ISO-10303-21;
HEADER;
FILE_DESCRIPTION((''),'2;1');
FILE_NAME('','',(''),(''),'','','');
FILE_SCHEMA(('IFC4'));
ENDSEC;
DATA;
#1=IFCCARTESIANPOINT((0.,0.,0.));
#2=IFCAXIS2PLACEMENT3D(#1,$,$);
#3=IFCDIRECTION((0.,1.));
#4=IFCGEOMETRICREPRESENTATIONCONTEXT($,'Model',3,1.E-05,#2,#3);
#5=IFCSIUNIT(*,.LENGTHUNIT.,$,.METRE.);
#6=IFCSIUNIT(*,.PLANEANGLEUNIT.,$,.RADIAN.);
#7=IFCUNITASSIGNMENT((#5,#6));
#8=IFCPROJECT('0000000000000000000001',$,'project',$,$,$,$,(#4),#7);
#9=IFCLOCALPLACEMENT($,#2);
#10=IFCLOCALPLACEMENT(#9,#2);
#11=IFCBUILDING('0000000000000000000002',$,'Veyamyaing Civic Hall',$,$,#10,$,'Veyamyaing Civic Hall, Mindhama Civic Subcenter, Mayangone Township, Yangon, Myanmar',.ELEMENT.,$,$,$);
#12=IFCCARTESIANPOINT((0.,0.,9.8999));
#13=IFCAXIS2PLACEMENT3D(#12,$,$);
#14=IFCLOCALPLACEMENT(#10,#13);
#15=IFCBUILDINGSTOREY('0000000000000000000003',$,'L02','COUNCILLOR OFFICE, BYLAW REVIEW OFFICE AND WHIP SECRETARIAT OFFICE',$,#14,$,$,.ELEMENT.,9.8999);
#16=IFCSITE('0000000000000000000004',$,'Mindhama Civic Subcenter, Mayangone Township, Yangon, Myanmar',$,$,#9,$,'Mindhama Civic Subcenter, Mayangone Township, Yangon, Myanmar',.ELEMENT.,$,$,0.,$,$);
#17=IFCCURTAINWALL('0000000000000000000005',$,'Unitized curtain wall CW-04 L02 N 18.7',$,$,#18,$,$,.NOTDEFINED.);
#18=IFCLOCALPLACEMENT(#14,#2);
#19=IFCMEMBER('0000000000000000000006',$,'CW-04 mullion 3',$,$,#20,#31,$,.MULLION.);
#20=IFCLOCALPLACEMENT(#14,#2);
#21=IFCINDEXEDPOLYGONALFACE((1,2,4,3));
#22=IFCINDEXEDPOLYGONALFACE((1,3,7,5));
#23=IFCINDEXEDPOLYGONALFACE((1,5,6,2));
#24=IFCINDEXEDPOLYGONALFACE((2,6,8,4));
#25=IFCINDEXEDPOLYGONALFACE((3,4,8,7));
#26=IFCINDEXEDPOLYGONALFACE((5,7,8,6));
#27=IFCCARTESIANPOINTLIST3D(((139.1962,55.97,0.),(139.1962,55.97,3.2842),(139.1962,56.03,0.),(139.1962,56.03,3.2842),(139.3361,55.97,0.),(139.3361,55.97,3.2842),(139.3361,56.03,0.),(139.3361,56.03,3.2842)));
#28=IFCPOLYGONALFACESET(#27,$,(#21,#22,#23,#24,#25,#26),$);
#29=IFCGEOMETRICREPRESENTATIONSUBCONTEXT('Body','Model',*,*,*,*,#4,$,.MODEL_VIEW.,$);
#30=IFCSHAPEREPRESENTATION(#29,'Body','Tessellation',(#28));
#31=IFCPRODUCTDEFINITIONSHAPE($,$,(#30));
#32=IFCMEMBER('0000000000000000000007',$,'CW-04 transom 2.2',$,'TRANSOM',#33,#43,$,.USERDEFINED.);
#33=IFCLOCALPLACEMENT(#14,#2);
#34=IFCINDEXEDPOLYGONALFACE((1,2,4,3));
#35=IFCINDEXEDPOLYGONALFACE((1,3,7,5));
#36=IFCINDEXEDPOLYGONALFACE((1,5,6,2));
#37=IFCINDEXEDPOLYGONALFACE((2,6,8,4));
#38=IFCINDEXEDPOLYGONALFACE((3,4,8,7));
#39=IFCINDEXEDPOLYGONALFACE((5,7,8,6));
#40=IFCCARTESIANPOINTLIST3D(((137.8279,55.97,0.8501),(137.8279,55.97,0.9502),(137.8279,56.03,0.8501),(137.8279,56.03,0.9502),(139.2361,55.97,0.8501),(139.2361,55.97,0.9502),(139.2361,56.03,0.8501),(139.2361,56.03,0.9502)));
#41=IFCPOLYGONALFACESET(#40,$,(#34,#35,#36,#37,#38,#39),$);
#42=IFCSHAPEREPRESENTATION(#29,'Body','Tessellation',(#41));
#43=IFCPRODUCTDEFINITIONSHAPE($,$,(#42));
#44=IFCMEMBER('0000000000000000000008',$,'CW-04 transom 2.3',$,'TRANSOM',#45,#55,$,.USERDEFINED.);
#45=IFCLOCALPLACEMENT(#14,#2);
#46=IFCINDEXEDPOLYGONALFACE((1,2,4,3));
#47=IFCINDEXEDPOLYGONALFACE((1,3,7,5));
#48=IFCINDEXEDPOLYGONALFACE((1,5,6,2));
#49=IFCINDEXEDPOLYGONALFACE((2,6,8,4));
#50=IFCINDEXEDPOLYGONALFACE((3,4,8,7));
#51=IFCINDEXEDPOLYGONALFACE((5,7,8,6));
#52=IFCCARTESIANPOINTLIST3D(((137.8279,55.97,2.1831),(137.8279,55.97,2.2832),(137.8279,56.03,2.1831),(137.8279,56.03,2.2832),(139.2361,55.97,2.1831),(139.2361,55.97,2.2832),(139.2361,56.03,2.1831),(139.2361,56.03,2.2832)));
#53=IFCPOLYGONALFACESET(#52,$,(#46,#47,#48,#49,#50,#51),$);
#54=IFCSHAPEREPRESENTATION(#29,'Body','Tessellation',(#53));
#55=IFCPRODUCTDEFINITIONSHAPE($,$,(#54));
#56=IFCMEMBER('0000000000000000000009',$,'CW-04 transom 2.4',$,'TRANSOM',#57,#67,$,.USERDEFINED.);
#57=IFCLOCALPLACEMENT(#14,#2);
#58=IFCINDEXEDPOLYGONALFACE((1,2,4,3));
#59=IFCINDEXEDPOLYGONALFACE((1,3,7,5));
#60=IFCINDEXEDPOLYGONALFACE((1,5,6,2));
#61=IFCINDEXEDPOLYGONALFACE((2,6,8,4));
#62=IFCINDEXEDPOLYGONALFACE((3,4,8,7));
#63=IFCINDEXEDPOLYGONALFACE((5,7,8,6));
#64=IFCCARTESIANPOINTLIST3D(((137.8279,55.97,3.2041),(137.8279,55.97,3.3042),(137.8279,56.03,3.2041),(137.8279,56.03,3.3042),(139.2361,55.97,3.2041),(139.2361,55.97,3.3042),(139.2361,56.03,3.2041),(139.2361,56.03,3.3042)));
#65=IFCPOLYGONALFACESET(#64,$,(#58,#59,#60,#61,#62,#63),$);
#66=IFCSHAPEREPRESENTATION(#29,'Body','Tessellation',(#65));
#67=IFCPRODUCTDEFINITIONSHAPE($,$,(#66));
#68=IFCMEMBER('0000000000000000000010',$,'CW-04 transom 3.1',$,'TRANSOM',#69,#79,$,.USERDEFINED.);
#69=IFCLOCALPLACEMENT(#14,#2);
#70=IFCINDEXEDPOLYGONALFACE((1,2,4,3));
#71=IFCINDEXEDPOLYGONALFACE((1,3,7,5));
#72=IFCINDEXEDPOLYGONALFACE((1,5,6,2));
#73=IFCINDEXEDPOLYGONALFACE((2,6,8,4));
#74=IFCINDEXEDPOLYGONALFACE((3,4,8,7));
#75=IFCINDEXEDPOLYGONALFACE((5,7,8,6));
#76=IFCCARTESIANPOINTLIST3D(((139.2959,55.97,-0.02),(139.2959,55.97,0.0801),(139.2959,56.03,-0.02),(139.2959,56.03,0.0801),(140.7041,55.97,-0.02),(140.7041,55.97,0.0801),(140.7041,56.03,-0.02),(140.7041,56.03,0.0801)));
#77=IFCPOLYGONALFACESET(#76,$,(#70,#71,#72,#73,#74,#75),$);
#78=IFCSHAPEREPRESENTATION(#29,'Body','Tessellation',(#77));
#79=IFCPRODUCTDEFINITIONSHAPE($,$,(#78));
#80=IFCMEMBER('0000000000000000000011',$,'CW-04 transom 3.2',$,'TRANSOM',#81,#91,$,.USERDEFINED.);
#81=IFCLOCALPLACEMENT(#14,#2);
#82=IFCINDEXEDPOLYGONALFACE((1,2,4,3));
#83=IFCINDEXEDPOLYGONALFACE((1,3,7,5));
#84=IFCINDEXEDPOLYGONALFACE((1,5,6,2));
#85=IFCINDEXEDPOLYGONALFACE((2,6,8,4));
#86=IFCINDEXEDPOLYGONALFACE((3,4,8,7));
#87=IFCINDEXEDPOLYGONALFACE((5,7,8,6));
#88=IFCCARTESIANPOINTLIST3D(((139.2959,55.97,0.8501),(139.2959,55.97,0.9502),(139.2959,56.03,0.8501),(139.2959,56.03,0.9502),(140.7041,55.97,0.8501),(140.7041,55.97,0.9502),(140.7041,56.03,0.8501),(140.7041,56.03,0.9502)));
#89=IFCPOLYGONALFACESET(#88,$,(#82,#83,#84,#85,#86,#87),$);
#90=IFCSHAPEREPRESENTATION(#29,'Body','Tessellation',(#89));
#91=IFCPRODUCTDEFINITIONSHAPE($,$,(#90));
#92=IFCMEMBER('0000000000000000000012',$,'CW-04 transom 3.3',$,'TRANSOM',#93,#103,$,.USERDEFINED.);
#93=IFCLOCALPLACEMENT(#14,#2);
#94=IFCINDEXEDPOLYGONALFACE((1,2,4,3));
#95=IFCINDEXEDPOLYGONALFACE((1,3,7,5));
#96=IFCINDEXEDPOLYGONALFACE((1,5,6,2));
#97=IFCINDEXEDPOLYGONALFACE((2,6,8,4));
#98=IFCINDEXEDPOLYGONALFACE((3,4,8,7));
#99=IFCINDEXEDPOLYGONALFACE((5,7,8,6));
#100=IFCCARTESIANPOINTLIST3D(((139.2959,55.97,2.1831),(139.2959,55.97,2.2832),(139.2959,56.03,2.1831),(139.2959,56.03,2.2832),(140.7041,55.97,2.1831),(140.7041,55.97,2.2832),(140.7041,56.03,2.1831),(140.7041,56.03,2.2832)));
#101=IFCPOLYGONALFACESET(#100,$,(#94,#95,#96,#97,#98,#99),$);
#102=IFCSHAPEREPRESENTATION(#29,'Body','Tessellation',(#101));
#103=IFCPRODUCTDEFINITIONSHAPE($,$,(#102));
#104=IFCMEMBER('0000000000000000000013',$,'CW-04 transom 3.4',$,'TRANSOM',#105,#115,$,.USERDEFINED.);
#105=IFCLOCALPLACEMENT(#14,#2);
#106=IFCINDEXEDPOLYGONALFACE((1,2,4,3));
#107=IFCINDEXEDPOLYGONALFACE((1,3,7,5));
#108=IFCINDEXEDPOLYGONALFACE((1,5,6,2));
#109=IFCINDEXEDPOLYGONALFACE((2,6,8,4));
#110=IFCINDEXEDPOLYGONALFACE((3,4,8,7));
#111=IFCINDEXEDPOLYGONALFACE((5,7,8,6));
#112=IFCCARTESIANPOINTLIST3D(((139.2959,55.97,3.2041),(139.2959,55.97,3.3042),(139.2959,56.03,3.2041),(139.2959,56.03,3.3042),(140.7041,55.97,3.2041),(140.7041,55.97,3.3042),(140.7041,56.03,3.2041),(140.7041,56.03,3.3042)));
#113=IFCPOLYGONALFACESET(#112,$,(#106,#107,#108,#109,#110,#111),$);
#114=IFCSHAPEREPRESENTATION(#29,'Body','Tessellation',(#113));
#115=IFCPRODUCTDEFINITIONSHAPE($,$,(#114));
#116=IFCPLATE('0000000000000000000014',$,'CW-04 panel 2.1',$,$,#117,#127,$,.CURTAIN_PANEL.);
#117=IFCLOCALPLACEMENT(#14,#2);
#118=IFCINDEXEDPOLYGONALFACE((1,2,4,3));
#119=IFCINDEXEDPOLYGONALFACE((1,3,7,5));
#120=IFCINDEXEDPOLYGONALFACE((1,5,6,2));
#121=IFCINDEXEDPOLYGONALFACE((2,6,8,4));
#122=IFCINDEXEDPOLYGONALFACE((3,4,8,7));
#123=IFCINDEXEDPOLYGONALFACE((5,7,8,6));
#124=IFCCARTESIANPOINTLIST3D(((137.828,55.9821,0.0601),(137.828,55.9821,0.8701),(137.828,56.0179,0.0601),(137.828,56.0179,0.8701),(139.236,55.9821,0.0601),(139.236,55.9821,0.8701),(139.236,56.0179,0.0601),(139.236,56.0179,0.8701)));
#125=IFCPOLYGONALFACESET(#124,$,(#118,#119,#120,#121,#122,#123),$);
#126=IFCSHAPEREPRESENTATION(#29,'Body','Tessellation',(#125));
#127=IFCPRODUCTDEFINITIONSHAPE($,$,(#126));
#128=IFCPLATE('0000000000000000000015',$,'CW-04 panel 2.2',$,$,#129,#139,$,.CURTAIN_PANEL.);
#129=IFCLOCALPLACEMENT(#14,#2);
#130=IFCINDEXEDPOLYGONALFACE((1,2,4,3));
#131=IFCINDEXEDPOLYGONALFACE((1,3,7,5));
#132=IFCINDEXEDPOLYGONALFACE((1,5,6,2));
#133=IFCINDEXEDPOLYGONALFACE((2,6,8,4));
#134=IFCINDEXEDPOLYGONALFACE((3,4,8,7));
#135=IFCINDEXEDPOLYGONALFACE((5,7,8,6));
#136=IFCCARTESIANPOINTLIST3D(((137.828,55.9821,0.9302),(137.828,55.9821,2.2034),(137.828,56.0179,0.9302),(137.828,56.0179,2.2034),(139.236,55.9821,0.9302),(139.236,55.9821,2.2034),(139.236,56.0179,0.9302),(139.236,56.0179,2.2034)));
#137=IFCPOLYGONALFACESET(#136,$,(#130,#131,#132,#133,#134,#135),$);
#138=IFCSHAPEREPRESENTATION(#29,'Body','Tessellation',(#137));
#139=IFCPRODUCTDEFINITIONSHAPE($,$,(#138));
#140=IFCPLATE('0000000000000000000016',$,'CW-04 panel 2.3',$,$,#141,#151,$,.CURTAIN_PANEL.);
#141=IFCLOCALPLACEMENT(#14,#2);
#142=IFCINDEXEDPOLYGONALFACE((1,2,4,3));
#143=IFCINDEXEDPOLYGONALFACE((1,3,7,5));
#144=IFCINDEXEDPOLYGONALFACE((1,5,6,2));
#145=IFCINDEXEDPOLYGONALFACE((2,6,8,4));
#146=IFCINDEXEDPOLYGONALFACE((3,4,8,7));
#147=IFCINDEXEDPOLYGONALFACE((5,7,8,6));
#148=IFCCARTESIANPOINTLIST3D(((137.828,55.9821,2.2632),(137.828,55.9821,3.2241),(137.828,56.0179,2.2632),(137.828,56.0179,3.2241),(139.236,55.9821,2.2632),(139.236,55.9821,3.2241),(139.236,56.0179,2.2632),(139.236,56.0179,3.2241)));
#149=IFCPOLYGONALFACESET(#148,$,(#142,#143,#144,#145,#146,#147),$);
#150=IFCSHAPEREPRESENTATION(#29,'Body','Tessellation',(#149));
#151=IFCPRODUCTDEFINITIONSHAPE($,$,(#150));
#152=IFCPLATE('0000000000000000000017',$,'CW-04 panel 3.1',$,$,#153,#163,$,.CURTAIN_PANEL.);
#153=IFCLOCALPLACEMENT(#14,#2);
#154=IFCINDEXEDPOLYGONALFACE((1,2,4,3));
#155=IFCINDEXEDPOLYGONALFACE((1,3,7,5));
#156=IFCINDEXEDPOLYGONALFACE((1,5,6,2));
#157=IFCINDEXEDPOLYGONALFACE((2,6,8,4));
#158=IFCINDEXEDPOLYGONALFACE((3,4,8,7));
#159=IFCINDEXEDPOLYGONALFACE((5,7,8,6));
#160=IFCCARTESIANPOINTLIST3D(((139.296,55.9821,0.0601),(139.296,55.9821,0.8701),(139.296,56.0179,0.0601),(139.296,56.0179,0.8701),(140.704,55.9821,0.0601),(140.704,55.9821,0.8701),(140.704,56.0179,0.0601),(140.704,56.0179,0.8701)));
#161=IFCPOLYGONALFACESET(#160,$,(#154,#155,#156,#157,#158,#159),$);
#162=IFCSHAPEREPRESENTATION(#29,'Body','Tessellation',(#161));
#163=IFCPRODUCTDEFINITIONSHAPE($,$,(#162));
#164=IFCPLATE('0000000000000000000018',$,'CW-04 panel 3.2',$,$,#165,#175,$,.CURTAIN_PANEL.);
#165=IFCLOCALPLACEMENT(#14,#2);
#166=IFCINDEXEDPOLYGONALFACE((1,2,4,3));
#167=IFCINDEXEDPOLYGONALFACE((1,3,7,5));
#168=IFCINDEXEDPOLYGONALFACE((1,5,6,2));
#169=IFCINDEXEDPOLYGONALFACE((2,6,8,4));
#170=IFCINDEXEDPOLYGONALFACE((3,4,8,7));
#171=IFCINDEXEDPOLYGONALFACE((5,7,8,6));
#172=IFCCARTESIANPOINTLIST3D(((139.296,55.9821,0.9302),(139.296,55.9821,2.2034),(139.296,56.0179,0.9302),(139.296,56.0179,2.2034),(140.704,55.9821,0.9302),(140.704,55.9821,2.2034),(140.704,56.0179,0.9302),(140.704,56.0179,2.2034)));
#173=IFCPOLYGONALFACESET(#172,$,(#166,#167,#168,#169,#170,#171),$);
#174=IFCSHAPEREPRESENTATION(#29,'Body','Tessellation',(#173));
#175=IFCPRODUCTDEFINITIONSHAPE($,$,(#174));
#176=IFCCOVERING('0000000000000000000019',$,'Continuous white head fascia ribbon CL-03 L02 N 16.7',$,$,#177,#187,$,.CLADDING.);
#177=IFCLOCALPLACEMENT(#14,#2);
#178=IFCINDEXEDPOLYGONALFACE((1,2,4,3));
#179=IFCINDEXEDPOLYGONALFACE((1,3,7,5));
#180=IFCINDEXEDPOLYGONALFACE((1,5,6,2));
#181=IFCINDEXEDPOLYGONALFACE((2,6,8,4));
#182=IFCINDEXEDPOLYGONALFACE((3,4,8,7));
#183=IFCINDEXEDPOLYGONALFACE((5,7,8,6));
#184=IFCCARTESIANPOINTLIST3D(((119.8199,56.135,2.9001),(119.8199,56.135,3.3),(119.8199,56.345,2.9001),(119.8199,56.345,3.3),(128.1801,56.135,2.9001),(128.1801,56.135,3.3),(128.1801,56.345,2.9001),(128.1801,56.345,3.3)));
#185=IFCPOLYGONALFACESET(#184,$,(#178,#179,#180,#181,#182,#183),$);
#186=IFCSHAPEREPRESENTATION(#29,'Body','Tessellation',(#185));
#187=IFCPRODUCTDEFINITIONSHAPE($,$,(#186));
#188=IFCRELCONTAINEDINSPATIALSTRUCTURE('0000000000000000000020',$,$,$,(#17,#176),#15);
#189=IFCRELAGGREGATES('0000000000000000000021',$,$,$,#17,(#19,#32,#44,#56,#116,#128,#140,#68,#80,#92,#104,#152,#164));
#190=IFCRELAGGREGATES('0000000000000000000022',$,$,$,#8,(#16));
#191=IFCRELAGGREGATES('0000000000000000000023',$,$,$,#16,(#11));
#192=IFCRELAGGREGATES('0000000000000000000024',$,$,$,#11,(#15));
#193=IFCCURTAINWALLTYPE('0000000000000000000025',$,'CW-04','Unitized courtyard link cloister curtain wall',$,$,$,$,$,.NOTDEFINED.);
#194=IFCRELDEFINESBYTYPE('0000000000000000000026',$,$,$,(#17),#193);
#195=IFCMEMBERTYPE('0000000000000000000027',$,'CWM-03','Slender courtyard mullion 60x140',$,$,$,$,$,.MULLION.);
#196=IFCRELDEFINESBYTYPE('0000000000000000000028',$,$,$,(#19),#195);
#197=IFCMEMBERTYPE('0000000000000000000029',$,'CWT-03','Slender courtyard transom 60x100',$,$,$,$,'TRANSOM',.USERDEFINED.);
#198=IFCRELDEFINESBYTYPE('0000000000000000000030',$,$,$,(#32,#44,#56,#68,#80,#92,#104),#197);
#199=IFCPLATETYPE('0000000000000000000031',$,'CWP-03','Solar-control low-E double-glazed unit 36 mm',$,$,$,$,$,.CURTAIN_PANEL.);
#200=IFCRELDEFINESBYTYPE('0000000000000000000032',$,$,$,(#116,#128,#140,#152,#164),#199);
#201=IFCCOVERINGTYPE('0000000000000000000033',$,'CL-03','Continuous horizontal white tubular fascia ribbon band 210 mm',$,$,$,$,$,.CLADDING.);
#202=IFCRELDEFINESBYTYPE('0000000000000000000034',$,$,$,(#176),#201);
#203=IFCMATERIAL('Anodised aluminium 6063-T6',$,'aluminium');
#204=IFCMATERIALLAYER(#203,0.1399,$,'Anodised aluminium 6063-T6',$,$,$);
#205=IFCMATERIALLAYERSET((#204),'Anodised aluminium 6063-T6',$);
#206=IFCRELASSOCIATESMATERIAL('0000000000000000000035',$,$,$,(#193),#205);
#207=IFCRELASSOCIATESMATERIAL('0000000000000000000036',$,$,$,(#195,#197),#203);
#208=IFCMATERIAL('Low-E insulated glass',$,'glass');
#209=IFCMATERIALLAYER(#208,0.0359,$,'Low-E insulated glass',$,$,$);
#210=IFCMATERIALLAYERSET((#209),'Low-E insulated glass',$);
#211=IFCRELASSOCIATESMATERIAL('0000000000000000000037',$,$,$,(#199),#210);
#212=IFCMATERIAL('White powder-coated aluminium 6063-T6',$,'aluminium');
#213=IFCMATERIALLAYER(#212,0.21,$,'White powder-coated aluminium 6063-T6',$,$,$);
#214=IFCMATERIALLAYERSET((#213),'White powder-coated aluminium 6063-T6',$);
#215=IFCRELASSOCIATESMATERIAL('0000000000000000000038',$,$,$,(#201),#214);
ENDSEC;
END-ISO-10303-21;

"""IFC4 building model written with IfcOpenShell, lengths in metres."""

from ifc_helpers import new_model, si_unit, direction, frame, origin, origin_2d, place, context, subcontext, project, spatial, rectangle, extrude, material, layer, layer_set, material_profile, profile_set, type_object, element, aggregate, save


model = new_model("IFC4")

# Units and contexts
model_context = context("Model", 3, precision=1e-05, world=origin(), true_north=direction((0.0, 1.0)))
body_context = subcontext(model_context, "Body", "Model", "MODEL_VIEW")
ifc_project = project(units=[si_unit("LENGTHUNIT", "METRE"), si_unit("PLANEANGLEUNIT", "RADIAN")], contexts=[model_context])

# Site, building, storey
site_placement = place(None, origin())
site = spatial("IfcSite", under=ifc_project, at=site_placement, Name="Mindhama Civic Subcenter, Mayangone Township, Yangon, Myanmar", LongName="Mindhama Civic Subcenter, Mayangone Township, Yangon, Myanmar", CompositionType="ELEMENT", RefElevation=0.0)
building_placement = place(site_placement, origin())
building = spatial("IfcBuilding", under=site, at=building_placement, Name="Veyamyaing Civic Hall", LongName="Veyamyaing Civic Hall, Mindhama Civic Subcenter, Mayangone Township, Yangon, Myanmar", CompositionType="ELEMENT")
storey_placement = place(building_placement, frame((0.0, 0.0, 9.8999)))
storey = spatial("IfcBuildingStorey", under=building, at=storey_placement, Name="L02", Description="COUNCILLOR OFFICE, BYLAW REVIEW OFFICE AND WHIP SECRETARIAT OFFICE", CompositionType="ELEMENT", Elevation=9.8999)

# Curtain wall, members, plates
ifc_material_1 = material(Name="Anodised aluminium 6063-T6", Category="aluminium")
ifc_layer_1 = layer(ifc_material_1, 0.1399, Name="Anodised aluminium 6063-T6")
ifc_layer_set_1 = layer_set([ifc_layer_1], Name="Anodised aluminium 6063-T6")
curtain_wall_type = type_object("IfcCurtainWallType", Name="CW-04", Description="Unitized courtyard link cloister curtain wall", PredefinedType="NOTDEFINED", material=ifc_layer_set_1)
curtain_wall_placement = place(storey_placement, origin())
curtain_wall = element("IfcCurtainWall", 1, at=curtain_wall_placement, inside=storey, type_object=curtain_wall_type, Name="Unitized curtain wall CW-04 L02 N 18.7", PredefinedType="NOTDEFINED")
ifc_material_profile_1 = material_profile(ifc_material_1, rectangle(XDim=0.0601, YDim=0.1399, at=origin_2d()), Name="ALU-MUL-60X140")
ifc_profile_set_1 = profile_set([ifc_material_profile_1], Name="Anodised aluminium 6063-T6")
member_type_1 = type_object("IfcMemberType", Name="CWM-03", Description="Slender courtyard mullion 60x140", PredefinedType="MULLION", material=ifc_profile_set_1)
member_1_placement = place(storey_placement, frame((139.2661, 56.0, 0.0), z_axis=(0.0, 0.0, 1.0), x_axis=(0.0, 1.0, 0.0)))
member_1 = element("IfcMember", 2, at=member_1_placement, type_object=member_type_1, Name="CW-04 mullion 3", PredefinedType="MULLION", context=body_context, shape_type="SweptSolid", body=[
    extrude(rectangle(XDim=0.0601, YDim=0.1399, at=origin_2d()), origin(), (0.0, 0.0, 1.0), 3.2842),
])
ifc_material_profile_2 = material_profile(ifc_material_1, rectangle(XDim=0.0601, YDim=0.1001, at=origin_2d()), Name="ALU-TRN-60X100")
ifc_profile_set_2 = profile_set([ifc_material_profile_2], Name="Anodised aluminium 6063-T6")
member_type_2 = type_object("IfcMemberType", Name="CWT-03", Description="Slender courtyard transom 60x100", ElementType="TRANSOM", PredefinedType="USERDEFINED", material=ifc_profile_set_2)
member_2_placement = place(storey_placement, frame((137.8279, 56.0, 0.9001), z_axis=(1.0, 0.0, 0.0), x_axis=(0.0, 1.0, 0.0)))
member_2 = element("IfcMember", 3, at=member_2_placement, type_object=member_type_2, Name="CW-04 transom 2.2", ObjectType="TRANSOM", PredefinedType="USERDEFINED", context=body_context, shape_type="SweptSolid", body=[
    extrude(rectangle(XDim=0.0601, YDim=0.1001, at=origin_2d()), origin(), (0.0, 0.0, 1.0), 1.4082),
])
member_3_placement = place(storey_placement, frame((137.8279, 56.0, 2.2332), z_axis=(1.0, 0.0, 0.0), x_axis=(0.0, 1.0, 0.0)))
member_3 = element("IfcMember", 4, at=member_3_placement, type_object=member_type_2, Name="CW-04 transom 2.3", ObjectType="TRANSOM", PredefinedType="USERDEFINED", context=body_context, shape_type="SweptSolid", body=[
    extrude(rectangle(XDim=0.0601, YDim=0.1001, at=origin_2d()), origin(), (0.0, 0.0, 1.0), 1.4082),
])
member_4_placement = place(storey_placement, frame((137.8279, 56.0, 3.2542), z_axis=(1.0, 0.0, 0.0), x_axis=(0.0, 1.0, 0.0)))
member_4 = element("IfcMember", 5, at=member_4_placement, type_object=member_type_2, Name="CW-04 transom 2.4", ObjectType="TRANSOM", PredefinedType="USERDEFINED", context=body_context, shape_type="SweptSolid", body=[
    extrude(rectangle(XDim=0.0601, YDim=0.1001, at=origin_2d()), origin(), (0.0, 0.0, 1.0), 1.4082),
])
member_5_placement = place(storey_placement, frame((139.2959, 56.0, 0.03), z_axis=(1.0, 0.0, 0.0), x_axis=(0.0, 1.0, 0.0)))
member_5 = element("IfcMember", 6, at=member_5_placement, type_object=member_type_2, Name="CW-04 transom 3.1", ObjectType="TRANSOM", PredefinedType="USERDEFINED", context=body_context, shape_type="SweptSolid", body=[
    extrude(rectangle(XDim=0.0601, YDim=0.1001, at=origin_2d()), origin(), (0.0, 0.0, 1.0), 1.4082),
])
member_6_placement = place(storey_placement, frame((139.2959, 56.0, 0.9001), z_axis=(1.0, 0.0, 0.0), x_axis=(0.0, 1.0, 0.0)))
member_6 = element("IfcMember", 7, at=member_6_placement, type_object=member_type_2, Name="CW-04 transom 3.2", ObjectType="TRANSOM", PredefinedType="USERDEFINED", context=body_context, shape_type="SweptSolid", body=[
    extrude(rectangle(XDim=0.0601, YDim=0.1001, at=origin_2d()), origin(), (0.0, 0.0, 1.0), 1.4082),
])
member_7_placement = place(storey_placement, frame((139.2959, 56.0, 2.2332), z_axis=(1.0, 0.0, 0.0), x_axis=(0.0, 1.0, 0.0)))
member_7 = element("IfcMember", 8, at=member_7_placement, type_object=member_type_2, Name="CW-04 transom 3.3", ObjectType="TRANSOM", PredefinedType="USERDEFINED", context=body_context, shape_type="SweptSolid", body=[
    extrude(rectangle(XDim=0.0601, YDim=0.1001, at=origin_2d()), origin(), (0.0, 0.0, 1.0), 1.4082),
])
member_8_placement = place(storey_placement, frame((139.2959, 56.0, 3.2542), z_axis=(1.0, 0.0, 0.0), x_axis=(0.0, 1.0, 0.0)))
member_8 = element("IfcMember", 9, at=member_8_placement, type_object=member_type_2, Name="CW-04 transom 3.4", ObjectType="TRANSOM", PredefinedType="USERDEFINED", context=body_context, shape_type="SweptSolid", body=[
    extrude(rectangle(XDim=0.0601, YDim=0.1001, at=origin_2d()), origin(), (0.0, 0.0, 1.0), 1.4082),
])
ifc_material_2 = material(Name="Low-E insulated glass", Category="glass")
ifc_layer_2 = layer(ifc_material_2, 0.0359, Name="Low-E insulated glass")
ifc_layer_set_2 = layer_set([ifc_layer_2], Name="Low-E insulated glass")
plate_type = type_object("IfcPlateType", Name="CWP-03", Description="Solar-control low-E double-glazed unit 36 mm", PredefinedType="CURTAIN_PANEL", material=ifc_layer_set_2)
plate_1_placement = place(storey_placement, frame((138.532, 56.0, 0.0601), z_axis=(0.0, 0.0, 1.0), x_axis=(1.0, 0.0, 0.0)))
plate_1 = element("IfcPlate", 10, at=plate_1_placement, type_object=plate_type, Name="CW-04 panel 2.1", PredefinedType="CURTAIN_PANEL", context=body_context, shape_type="SweptSolid", body=[
    extrude(rectangle(XDim=1.408, YDim=0.0359, at=origin_2d()), origin(), (0.0, 0.0, 1.0), 0.8101),
])
plate_2_placement = place(storey_placement, frame((138.532, 56.0, 0.9302), z_axis=(0.0, 0.0, 1.0), x_axis=(1.0, 0.0, 0.0)))
plate_2 = element("IfcPlate", 11, at=plate_2_placement, type_object=plate_type, Name="CW-04 panel 2.2", PredefinedType="CURTAIN_PANEL", context=body_context, shape_type="SweptSolid", body=[
    extrude(rectangle(XDim=1.408, YDim=0.0359, at=origin_2d()), origin(), (0.0, 0.0, 1.0), 1.2732),
])
plate_3_placement = place(storey_placement, frame((138.532, 56.0, 2.2632), z_axis=(0.0, 0.0, 1.0), x_axis=(1.0, 0.0, 0.0)))
plate_3 = element("IfcPlate", 12, at=plate_3_placement, type_object=plate_type, Name="CW-04 panel 2.3", PredefinedType="CURTAIN_PANEL", context=body_context, shape_type="SweptSolid", body=[
    extrude(rectangle(XDim=1.408, YDim=0.0359, at=origin_2d()), origin(), (0.0, 0.0, 1.0), 0.9609),
])
plate_4_placement = place(storey_placement, frame((140.0, 56.0, 0.0601), z_axis=(0.0, 0.0, 1.0), x_axis=(1.0, 0.0, 0.0)))
plate_4 = element("IfcPlate", 13, at=plate_4_placement, type_object=plate_type, Name="CW-04 panel 3.1", PredefinedType="CURTAIN_PANEL", context=body_context, shape_type="SweptSolid", body=[
    extrude(rectangle(XDim=1.408, YDim=0.0359, at=origin_2d()), origin(), (0.0, 0.0, 1.0), 0.8101),
])
plate_5_placement = place(storey_placement, frame((140.0, 56.0, 0.9302), z_axis=(0.0, 0.0, 1.0), x_axis=(1.0, 0.0, 0.0)))
plate_5 = element("IfcPlate", 14, at=plate_5_placement, type_object=plate_type, Name="CW-04 panel 3.2", PredefinedType="CURTAIN_PANEL", context=body_context, shape_type="SweptSolid", body=[
    extrude(rectangle(XDim=1.408, YDim=0.0359, at=origin_2d()), origin(), (0.0, 0.0, 1.0), 1.2732),
])
aggregate(curtain_wall, [member_1, member_2, member_3, member_4, plate_1, plate_2, plate_3, member_5, member_6, member_7, member_8, plate_4, plate_5])

# Covering
ifc_material_3 = material(Name="White powder-coated aluminium 6063-T6", Category="aluminium")
ifc_layer_3 = layer(ifc_material_3, 0.21, Name="White powder-coated aluminium 6063-T6")
ifc_layer_set_3 = layer_set([ifc_layer_3], Name="White powder-coated aluminium 6063-T6")
covering_type = type_object("IfcCoveringType", Name="CL-03", Description="Continuous horizontal white tubular fascia ribbon band 210 mm", PredefinedType="CLADDING", material=ifc_layer_set_3)
for number, where, z_axis, x_axis, name in (
    (15, (124.0, 56.24, 2.9001), (0.0, 0.0, 1.0), (1.0, 0.0, 0.0), "Continuous white head fascia ribbon CL-03 L02 N 16.7"),
):
    element("IfcCovering", number, at=place(storey_placement, frame(where, z_axis=z_axis, x_axis=x_axis)), inside=storey, type_object=covering_type, Name=name, PredefinedType="CLADDING", context=body_context, shape_type="SweptSolid", body=[
        extrude(rectangle(XDim=8.3601, YDim=0.21, at=origin_2d()), origin(), (0.0, 0.0, 1.0), 0.3999),
    ])

save(model, "model.ifc")
